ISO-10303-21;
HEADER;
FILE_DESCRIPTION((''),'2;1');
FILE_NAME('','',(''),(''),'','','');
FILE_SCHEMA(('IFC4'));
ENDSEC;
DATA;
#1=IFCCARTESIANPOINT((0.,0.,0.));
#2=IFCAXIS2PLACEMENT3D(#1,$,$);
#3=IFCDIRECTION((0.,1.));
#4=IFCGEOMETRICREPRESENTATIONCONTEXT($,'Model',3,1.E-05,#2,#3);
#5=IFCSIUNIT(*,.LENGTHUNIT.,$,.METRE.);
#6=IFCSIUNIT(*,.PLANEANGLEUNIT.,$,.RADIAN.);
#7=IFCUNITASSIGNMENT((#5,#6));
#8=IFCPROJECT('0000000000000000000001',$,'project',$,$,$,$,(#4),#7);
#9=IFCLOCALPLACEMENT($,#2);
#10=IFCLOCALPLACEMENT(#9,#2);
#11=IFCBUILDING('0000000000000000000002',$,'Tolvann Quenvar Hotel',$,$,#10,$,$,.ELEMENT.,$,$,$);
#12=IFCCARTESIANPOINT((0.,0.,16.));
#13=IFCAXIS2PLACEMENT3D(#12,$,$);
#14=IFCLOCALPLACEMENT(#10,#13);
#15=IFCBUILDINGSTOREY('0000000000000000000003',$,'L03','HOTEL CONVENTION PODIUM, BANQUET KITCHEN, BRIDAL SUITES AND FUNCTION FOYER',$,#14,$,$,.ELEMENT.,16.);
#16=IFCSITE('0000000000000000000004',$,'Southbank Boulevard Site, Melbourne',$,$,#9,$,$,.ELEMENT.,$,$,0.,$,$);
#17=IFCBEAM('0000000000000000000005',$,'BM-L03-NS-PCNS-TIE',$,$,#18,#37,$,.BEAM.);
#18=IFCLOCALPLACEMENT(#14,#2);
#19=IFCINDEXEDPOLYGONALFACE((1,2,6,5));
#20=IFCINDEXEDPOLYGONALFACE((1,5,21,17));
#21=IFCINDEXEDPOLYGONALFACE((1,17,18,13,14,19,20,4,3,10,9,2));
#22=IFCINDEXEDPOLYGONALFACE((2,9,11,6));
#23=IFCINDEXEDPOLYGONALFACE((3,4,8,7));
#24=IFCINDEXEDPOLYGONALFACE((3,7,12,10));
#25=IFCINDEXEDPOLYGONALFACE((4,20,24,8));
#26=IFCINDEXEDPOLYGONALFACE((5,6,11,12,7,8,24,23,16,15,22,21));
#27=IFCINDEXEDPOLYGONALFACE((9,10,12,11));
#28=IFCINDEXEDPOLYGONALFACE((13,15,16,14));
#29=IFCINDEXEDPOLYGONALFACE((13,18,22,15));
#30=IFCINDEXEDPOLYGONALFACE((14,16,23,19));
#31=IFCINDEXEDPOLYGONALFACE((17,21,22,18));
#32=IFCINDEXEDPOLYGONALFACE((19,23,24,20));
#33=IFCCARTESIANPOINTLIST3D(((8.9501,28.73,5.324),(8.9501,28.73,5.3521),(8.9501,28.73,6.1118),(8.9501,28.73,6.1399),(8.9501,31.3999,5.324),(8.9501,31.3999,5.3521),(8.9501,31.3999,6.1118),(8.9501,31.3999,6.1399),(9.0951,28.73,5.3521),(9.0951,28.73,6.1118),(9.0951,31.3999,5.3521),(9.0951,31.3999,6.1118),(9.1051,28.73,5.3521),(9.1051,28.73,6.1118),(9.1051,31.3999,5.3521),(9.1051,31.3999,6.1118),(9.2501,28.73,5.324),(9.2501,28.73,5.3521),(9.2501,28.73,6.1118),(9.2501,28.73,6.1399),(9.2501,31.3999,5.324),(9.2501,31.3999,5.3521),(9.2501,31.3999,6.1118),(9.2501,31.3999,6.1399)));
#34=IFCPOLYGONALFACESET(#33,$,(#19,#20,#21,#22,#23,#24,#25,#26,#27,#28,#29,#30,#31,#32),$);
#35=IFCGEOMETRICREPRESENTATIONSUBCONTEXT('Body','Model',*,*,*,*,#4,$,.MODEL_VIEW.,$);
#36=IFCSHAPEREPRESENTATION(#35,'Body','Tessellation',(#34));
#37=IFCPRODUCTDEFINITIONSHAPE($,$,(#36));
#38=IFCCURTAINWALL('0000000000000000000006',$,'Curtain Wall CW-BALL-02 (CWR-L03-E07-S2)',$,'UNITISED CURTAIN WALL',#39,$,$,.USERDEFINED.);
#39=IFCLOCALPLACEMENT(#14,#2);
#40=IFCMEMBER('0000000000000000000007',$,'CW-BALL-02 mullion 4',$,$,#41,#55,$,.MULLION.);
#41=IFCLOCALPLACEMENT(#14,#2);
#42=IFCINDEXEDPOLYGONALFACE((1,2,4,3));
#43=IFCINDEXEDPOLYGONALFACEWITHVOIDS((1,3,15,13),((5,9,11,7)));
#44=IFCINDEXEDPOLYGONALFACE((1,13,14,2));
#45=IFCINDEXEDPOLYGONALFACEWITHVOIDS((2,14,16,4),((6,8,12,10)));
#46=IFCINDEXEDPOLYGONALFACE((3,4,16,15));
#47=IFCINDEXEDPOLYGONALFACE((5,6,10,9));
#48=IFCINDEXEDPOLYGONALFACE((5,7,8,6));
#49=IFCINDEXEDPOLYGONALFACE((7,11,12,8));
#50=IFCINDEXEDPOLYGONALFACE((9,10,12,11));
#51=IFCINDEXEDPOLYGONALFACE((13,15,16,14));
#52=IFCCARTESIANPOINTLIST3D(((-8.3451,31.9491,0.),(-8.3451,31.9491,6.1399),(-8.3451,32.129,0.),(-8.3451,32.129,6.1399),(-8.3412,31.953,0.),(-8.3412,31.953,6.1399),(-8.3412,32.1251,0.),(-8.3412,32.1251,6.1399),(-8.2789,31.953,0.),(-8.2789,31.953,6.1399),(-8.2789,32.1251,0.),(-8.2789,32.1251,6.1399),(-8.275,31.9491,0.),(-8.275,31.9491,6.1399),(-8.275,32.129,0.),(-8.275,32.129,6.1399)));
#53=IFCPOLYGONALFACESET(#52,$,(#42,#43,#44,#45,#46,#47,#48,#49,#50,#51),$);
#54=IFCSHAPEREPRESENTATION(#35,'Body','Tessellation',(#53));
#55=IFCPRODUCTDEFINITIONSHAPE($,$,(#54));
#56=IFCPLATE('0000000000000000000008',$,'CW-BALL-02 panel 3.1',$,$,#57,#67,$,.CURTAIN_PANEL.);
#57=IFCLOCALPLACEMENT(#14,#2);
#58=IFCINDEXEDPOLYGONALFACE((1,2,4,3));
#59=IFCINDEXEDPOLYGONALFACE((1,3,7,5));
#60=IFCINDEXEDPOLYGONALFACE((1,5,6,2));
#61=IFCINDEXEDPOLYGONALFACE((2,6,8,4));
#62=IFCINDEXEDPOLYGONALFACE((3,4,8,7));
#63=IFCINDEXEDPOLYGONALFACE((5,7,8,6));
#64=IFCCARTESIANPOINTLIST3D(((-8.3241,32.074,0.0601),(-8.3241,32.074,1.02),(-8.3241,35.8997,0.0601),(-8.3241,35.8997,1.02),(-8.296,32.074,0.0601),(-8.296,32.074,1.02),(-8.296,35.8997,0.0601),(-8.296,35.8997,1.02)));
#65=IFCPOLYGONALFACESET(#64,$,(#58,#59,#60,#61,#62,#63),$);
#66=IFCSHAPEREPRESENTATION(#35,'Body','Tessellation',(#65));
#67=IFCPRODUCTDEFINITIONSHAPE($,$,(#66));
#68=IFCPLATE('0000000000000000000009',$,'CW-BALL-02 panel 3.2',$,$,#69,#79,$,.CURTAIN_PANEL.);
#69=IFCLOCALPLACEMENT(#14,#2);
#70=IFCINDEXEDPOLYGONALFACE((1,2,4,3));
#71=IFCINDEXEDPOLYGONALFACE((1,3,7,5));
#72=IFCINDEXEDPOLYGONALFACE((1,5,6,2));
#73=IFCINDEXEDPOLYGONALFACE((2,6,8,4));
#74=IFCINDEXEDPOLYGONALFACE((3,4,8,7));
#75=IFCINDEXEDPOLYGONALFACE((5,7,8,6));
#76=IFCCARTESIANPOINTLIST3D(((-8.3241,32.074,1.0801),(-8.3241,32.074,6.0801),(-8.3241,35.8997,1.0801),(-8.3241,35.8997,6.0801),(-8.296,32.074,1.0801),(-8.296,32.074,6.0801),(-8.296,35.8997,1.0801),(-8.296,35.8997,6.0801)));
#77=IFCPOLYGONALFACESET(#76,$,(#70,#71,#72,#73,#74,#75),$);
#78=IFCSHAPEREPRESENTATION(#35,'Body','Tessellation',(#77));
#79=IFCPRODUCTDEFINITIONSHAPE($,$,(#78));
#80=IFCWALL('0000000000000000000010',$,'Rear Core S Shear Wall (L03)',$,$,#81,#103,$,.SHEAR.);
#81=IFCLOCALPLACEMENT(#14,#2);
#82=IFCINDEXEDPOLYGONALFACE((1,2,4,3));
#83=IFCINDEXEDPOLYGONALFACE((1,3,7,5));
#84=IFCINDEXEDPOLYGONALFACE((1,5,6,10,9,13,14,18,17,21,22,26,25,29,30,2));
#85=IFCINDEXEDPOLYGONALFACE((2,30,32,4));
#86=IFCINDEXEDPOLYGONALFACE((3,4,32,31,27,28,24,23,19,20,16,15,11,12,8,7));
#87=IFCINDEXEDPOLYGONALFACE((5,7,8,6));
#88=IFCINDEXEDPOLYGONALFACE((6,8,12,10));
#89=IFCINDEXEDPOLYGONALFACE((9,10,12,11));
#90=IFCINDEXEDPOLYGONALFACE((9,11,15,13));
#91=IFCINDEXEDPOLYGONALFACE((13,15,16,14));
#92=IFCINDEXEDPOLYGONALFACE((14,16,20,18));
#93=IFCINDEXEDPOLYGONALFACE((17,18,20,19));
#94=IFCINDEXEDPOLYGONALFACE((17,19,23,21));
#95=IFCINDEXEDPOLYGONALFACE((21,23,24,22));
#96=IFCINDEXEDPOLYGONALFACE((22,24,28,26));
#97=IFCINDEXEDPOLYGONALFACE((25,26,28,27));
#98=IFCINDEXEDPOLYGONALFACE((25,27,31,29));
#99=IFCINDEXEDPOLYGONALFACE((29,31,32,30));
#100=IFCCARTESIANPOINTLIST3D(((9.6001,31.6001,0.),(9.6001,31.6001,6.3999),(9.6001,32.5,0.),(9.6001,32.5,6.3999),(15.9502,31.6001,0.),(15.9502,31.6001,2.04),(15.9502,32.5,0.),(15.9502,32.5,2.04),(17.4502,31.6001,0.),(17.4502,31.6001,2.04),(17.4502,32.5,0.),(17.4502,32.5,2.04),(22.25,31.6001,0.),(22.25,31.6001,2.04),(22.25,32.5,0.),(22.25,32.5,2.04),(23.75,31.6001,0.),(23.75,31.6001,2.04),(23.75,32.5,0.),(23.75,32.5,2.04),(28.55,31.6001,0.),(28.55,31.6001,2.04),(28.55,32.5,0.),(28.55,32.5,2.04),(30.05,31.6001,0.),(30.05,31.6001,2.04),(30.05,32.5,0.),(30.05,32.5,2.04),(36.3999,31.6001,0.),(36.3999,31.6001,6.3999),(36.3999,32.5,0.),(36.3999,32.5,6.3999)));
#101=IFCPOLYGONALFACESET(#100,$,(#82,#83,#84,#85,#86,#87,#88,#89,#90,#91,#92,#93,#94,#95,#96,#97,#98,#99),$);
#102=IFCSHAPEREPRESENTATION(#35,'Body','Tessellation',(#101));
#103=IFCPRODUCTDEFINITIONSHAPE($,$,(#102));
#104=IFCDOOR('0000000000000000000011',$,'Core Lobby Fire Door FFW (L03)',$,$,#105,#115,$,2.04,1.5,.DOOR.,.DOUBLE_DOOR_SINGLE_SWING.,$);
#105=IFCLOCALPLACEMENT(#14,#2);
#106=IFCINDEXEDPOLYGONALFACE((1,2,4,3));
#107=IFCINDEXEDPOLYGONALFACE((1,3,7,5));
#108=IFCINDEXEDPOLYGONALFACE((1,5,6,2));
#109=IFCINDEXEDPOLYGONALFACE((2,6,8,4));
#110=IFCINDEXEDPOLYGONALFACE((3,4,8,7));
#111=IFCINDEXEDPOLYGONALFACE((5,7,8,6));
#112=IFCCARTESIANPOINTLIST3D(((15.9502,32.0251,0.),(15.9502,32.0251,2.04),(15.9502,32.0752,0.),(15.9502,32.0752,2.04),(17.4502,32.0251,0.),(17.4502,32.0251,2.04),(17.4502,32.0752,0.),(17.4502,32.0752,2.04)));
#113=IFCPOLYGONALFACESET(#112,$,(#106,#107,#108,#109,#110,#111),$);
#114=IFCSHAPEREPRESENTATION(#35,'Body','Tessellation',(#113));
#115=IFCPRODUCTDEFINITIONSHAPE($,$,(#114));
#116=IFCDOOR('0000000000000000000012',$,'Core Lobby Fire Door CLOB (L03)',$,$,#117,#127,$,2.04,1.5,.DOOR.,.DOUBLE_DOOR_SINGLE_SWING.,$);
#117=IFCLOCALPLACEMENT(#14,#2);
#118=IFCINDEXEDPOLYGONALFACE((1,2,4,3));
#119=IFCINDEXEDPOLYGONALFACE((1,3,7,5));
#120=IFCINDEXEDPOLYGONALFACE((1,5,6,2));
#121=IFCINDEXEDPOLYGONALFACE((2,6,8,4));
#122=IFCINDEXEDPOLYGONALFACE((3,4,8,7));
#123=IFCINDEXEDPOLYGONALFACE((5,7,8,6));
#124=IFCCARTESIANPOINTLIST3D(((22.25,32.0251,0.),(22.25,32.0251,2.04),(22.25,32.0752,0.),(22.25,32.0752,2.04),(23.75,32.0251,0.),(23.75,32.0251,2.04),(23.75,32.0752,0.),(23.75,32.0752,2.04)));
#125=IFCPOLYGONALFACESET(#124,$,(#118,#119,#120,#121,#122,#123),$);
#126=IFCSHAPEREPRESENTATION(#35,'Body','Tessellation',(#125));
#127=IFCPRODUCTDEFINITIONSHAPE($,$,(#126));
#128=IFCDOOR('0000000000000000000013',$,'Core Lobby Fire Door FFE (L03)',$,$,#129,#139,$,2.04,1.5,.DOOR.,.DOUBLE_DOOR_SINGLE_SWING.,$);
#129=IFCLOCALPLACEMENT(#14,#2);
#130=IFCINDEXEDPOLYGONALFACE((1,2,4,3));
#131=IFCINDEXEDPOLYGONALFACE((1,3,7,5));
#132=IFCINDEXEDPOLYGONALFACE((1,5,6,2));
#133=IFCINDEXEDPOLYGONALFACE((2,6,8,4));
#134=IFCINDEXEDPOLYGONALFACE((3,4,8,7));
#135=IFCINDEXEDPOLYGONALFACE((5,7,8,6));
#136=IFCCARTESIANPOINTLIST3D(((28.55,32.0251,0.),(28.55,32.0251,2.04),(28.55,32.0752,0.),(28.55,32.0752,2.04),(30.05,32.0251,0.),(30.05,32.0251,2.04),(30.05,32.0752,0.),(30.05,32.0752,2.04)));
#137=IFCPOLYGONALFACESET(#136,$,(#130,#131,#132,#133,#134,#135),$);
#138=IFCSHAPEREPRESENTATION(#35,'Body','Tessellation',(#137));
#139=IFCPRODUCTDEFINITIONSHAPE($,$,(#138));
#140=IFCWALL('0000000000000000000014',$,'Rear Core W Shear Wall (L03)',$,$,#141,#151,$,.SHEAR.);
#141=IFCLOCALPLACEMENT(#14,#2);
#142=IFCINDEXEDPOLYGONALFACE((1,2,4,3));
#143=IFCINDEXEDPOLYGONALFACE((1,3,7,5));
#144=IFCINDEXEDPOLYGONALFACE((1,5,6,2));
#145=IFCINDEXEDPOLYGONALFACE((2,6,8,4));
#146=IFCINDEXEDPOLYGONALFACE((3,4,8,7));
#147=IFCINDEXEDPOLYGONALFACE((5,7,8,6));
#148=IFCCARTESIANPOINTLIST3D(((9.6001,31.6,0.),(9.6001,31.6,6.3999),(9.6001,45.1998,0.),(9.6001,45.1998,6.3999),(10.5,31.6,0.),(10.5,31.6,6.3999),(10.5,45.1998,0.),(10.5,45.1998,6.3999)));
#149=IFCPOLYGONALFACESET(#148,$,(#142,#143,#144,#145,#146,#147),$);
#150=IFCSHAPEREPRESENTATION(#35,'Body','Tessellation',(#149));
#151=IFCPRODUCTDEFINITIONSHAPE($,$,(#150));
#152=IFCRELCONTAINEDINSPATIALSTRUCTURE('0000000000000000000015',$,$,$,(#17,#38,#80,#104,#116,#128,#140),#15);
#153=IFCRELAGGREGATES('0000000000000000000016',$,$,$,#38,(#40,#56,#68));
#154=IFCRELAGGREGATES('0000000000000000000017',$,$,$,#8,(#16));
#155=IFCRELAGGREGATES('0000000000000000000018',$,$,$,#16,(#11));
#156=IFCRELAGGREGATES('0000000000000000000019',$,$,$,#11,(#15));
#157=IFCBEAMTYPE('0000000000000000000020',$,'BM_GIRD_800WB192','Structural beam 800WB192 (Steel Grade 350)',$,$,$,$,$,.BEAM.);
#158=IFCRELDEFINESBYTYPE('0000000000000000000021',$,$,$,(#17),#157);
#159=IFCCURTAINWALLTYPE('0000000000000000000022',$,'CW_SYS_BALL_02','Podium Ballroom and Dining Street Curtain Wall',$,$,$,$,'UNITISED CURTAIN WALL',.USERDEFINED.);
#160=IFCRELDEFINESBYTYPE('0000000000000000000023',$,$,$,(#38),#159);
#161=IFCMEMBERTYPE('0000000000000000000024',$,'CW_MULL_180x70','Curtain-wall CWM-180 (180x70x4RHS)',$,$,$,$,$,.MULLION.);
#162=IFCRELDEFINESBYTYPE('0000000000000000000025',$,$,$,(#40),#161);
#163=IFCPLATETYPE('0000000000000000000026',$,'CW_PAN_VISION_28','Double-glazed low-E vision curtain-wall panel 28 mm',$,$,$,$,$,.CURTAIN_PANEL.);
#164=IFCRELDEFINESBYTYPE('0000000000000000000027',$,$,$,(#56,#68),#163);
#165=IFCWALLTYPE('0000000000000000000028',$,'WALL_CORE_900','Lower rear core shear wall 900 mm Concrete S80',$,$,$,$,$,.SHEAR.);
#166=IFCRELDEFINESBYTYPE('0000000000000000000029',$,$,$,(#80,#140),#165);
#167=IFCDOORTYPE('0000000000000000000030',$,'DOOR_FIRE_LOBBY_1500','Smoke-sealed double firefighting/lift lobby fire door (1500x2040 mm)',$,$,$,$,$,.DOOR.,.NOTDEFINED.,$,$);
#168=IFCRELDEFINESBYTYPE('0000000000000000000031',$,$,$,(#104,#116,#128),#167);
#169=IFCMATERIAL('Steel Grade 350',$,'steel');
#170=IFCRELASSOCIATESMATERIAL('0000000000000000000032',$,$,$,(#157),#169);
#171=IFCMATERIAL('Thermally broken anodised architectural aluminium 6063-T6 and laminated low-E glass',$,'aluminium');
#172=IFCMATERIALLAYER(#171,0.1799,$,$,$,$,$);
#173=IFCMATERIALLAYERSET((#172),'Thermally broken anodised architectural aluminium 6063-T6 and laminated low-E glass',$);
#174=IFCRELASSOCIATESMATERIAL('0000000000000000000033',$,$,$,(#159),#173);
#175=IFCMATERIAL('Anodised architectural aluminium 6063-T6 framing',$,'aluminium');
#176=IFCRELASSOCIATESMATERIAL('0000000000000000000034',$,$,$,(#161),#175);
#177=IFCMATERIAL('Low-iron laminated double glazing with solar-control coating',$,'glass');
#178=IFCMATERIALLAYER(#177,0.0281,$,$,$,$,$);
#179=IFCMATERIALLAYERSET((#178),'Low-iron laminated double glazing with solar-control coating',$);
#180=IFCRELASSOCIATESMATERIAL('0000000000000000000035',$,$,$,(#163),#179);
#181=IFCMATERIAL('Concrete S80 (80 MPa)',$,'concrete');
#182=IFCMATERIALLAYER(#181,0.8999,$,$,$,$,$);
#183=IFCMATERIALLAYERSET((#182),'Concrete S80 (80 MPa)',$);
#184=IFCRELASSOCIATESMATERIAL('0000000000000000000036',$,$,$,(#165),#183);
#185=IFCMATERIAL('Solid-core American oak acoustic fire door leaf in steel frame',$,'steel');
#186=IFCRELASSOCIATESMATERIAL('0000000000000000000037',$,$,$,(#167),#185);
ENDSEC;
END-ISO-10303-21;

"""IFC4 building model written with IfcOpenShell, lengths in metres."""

from ifc_helpers import new_model, si_unit, direction, frame, frame_2d, origin, origin_2d, place, context, subcontext, project, spatial, rectangle, hollow_rectangle, i_section, extrude, source, transform, mapped, material, layer, layer_set, material_profile, profile_set, type_object, type_shapes, element, fill, aggregate, save


model = new_model("IFC4")

# Units and contexts
model_context = context("Model", 3, precision=1e-05, world=origin(), true_north=direction((0.0, 1.0)))
body_context = subcontext(model_context, "Body", "Model", "MODEL_VIEW")
ifc_project = project(units=[si_unit("LENGTHUNIT", "METRE"), si_unit("PLANEANGLEUNIT", "RADIAN")], contexts=[model_context])

# Site, building, storey
site_placement = place(None, origin())
site = spatial("IfcSite", under=ifc_project, at=site_placement, Name="Southbank Boulevard Site, Melbourne", CompositionType="ELEMENT", RefElevation=0.0)
building_placement = place(site_placement, origin())
building = spatial("IfcBuilding", under=site, at=building_placement, Name="Tolvann Quenvar Hotel", CompositionType="ELEMENT")
storey_placement = place(building_placement, frame((0.0, 0.0, 16.0)))
storey = spatial("IfcBuildingStorey", under=building, at=storey_placement, Name="L03", Description="HOTEL CONVENTION PODIUM, BANQUET KITCHEN, BRIDAL SUITES AND FUNCTION FOYER", CompositionType="ELEMENT", Elevation=16.0)

# Shared definitions
ifc_material_1 = material(Name="Concrete S80 (80 MPa)", Category="concrete")

# Beam
ifc_material_2 = material(Name="Steel Grade 350", Category="steel")
ifc_material_profile_1 = material_profile(ifc_material_2, i_section(OverallWidth=0.3, OverallDepth=0.8159, WebThickness=0.01, FlangeThickness=0.0281, at=origin_2d()), Name="800WB192")
ifc_profile_set_1 = profile_set([ifc_material_profile_1], Name="Steel Grade 350")
beam_type_1 = type_object("IfcBeamType", Name="BM_GIRD_800WB192", Description="Structural beam 800WB192 (Steel Grade 350)", PredefinedType="BEAM", material=ifc_profile_set_1)
shared_shape_1 = source(origin(), body_context, "Body", "SweptSolid", [
    extrude(i_section(OverallWidth=0.3, OverallDepth=0.8159, WebThickness=0.01, FlangeThickness=0.0281, at=origin_2d()), origin(), (0.0, 0.0, 1.0), 2.6699),
])
beam_1_placement = place(storey_placement, frame((9.1001, 28.73, 5.7319), z_axis=(0.0, 1.0, 0.0), x_axis=(-1.0, 0.0, 0.0)))
element("IfcBeam", 1, at=beam_1_placement, inside=storey, type_object=beam_type_1, Name="BM-L03-NS-PCNS-TIE", PredefinedType="BEAM", context=body_context, shape_type="MappedRepresentation", body=[
    mapped(shared_shape_1, transform((0.0, 0.0, 0.0), x_axis=(1.0, 0.0, 0.0), y_axis=(0.0, 1.0, 0.0), z_axis=(0.0, 0.0, 1.0), scale=1.0)),
])

# Curtain wall, member, plates
ifc_material_3 = material(Name="Thermally broken anodised architectural aluminium 6063-T6 and laminated low-E glass", Category="aluminium")
ifc_layer_1 = layer(ifc_material_3, 0.1799)
ifc_layer_set_1 = layer_set([ifc_layer_1], Name="Thermally broken anodised architectural aluminium 6063-T6 and laminated low-E glass")
curtain_wall_type = type_object("IfcCurtainWallType", Name="CW_SYS_BALL_02", Description="Podium Ballroom and Dining Street Curtain Wall", ElementType="UNITISED CURTAIN WALL", PredefinedType="USERDEFINED", material=ifc_layer_set_1)
curtain_wall_placement = place(storey_placement, origin())
curtain_wall = element("IfcCurtainWall", 2, at=curtain_wall_placement, inside=storey, type_object=curtain_wall_type, Name="Curtain Wall CW-BALL-02 (CWR-L03-E07-S2)", ObjectType="UNITISED CURTAIN WALL", PredefinedType="USERDEFINED")
ifc_material_4 = material(Name="Anodised architectural aluminium 6063-T6 framing", Category="aluminium")
ifc_material_profile_2 = material_profile(ifc_material_4, hollow_rectangle(XDim=0.0701, YDim=0.1799, WallThickness=0.0039, at=origin_2d()), Name="180x70x4RHS")
ifc_profile_set_2 = profile_set([ifc_material_profile_2], Name="Anodised architectural aluminium 6063-T6 framing")
member_type = type_object("IfcMemberType", Name="CW_MULL_180x70", Description="Curtain-wall CWM-180 (180x70x4RHS)", PredefinedType="MULLION", material=ifc_profile_set_2)
shared_shape_2 = source(origin(), body_context, "Body", "SweptSolid", [
    extrude(hollow_rectangle(XDim=0.0701, YDim=0.1799, WallThickness=0.0039, at=origin_2d()), origin(), (0.0, 0.0, 1.0), 6.1399),
])
type_shapes(member_type, [shared_shape_2])
member_placement = place(storey_placement, frame((-8.3101, 32.0391, 0.0), z_axis=(0.0, 0.0, 1.0), x_axis=(1.0, 0.0, 0.0)))
member = element("IfcMember", 3, at=member_placement, type_object=member_type, Name="CW-BALL-02 mullion 4", PredefinedType="MULLION", context=body_context, shape_type="MappedRepresentation", body=[
    mapped(shared_shape_2, transform((0.0, 0.0, 0.0), x_axis=(1.0, 0.0, 0.0), y_axis=(0.0, 1.0, 0.0), z_axis=(0.0, 0.0, 1.0), scale=1.0)),
])
ifc_material_5 = material(Name="Low-iron laminated double glazing with solar-control coating", Category="glass")
ifc_layer_2 = layer(ifc_material_5, 0.0281)
ifc_layer_set_2 = layer_set([ifc_layer_2], Name="Low-iron laminated double glazing with solar-control coating")
plate_type = type_object("IfcPlateType", Name="CW_PAN_VISION_28", Description="Double-glazed low-E vision curtain-wall panel 28 mm", PredefinedType="CURTAIN_PANEL", material=ifc_layer_set_2)
shared_shape_3 = source(origin(), body_context, "Body", "SweptSolid", [
    extrude(rectangle(XDim=3.8257, YDim=0.0281, at=origin_2d()), origin(), (0.0, 0.0, 1.0), 0.96),
])
plate_1_placement = place(storey_placement, frame((-8.3101, 33.9868, 0.0601), z_axis=(0.0, 0.0, 1.0), x_axis=(0.0, -1.0, 0.0)))
plate_1 = element("IfcPlate", 4, at=plate_1_placement, type_object=plate_type, Name="CW-BALL-02 panel 3.1", PredefinedType="CURTAIN_PANEL", context=body_context, shape_type="MappedRepresentation", body=[
    mapped(shared_shape_3, transform((0.0, 0.0, 0.0), x_axis=(1.0, 0.0, 0.0), y_axis=(0.0, 1.0, 0.0), z_axis=(0.0, 0.0, 1.0), scale=1.0)),
])
shared_shape_4 = source(origin(), body_context, "Body", "SweptSolid", [
    extrude(rectangle(XDim=3.8257, YDim=0.0281, at=origin_2d()), origin(), (0.0, 0.0, 1.0), 5.0),
])
type_shapes(plate_type, [shared_shape_3, shared_shape_4])
plate_2_placement = place(storey_placement, frame((-8.3101, 33.9868, 1.0801), z_axis=(0.0, 0.0, 1.0), x_axis=(0.0, -1.0, 0.0)))
plate_2 = element("IfcPlate", 5, at=plate_2_placement, type_object=plate_type, Name="CW-BALL-02 panel 3.2", PredefinedType="CURTAIN_PANEL", context=body_context, shape_type="MappedRepresentation", body=[
    mapped(shared_shape_4, transform((0.0, 0.0, 0.0), x_axis=(1.0, 0.0, 0.0), y_axis=(0.0, 1.0, 0.0), z_axis=(0.0, 0.0, 1.0), scale=1.0)),
])
aggregate(curtain_wall, [member, plate_1, plate_2])

# Wall, openings, doors
ifc_layer_3 = layer(ifc_material_1, 0.8999)
ifc_layer_set_3 = layer_set([ifc_layer_3], Name="Concrete S80 (80 MPa)")
wall_type_1 = type_object("IfcWallType", Name="WALL_CORE_900", Description="Lower rear core shear wall 900 mm Concrete S80", PredefinedType="SHEAR", material=ifc_layer_set_3)
wall_1_placement = place(storey_placement, frame((9.6001, 32.05, 0.0), z_axis=(0.0, 0.0, 1.0), x_axis=(1.0, 0.0, 0.0)))
wall_1 = element("IfcWall", 6, at=wall_1_placement, inside=storey, type_object=wall_type_1, Name="Rear Core S Shear Wall (L03)", PredefinedType="SHEAR", context=body_context, shape_type="SweptSolid", body=[
    extrude(rectangle(XDim=26.7998, YDim=0.8999, at=frame_2d((13.3999, 0.0))), origin(), (0.0, 0.0, 1.0), 6.3999),
])
opening_1_placement = place(wall_1_placement, frame((7.8501, 0.0, 0.0), z_axis=(0.0, 0.0, 1.0), x_axis=(-1.0, 0.0, 0.0)))
opening_1 = element("IfcOpeningElement", 7, at=opening_1_placement, cuts=wall_1, PredefinedType="OPENING", context=body_context, shape_type="SweptSolid", body=[
    extrude(rectangle(XDim=1.5, YDim=2.04, at=frame_2d((0.75, 1.02))), frame((0.0, 0.46, 0.0), z_axis=(0.0, -1.0, 0.0), x_axis=(1.0, 0.0, 0.0)), (0.0, 0.0, 1.0), 0.9199),
])
opening_2_placement = place(wall_1_placement, frame((14.1499, 0.0, 0.0), z_axis=(0.0, 0.0, 1.0), x_axis=(-1.0, 0.0, 0.0)))
opening_2 = element("IfcOpeningElement", 8, at=opening_2_placement, cuts=wall_1, PredefinedType="OPENING", context=body_context, shape_type="SweptSolid", body=[
    extrude(rectangle(XDim=1.5, YDim=2.04, at=frame_2d((0.75, 1.02))), frame((0.0, 0.46, 0.0), z_axis=(0.0, -1.0, 0.0), x_axis=(1.0, 0.0, 0.0)), (0.0, 0.0, 1.0), 0.9199),
])
opening_3_placement = place(wall_1_placement, frame((20.45, 0.0, 0.0), z_axis=(0.0, 0.0, 1.0), x_axis=(-1.0, 0.0, 0.0)))
opening_3 = element("IfcOpeningElement", 9, at=opening_3_placement, cuts=wall_1, PredefinedType="OPENING", context=body_context, shape_type="SweptSolid", body=[
    extrude(rectangle(XDim=1.5, YDim=2.04, at=frame_2d((0.75, 1.02))), frame((0.0, 0.46, 0.0), z_axis=(0.0, -1.0, 0.0), x_axis=(1.0, 0.0, 0.0)), (0.0, 0.0, 1.0), 0.9199),
])
ifc_material_6 = material(Name="Solid-core American oak acoustic fire door leaf in steel frame", Category="steel")
door_type_1 = type_object("IfcDoorType", Name="DOOR_FIRE_LOBBY_1500", Description="Smoke-sealed double firefighting/lift lobby fire door (1500x2040 mm)", OperationType="NOTDEFINED", PredefinedType="DOOR", material=ifc_material_6)
shared_shape_5 = source(origin(), body_context, "Body", "SweptSolid", [
    extrude(rectangle(XDim=1.5, YDim=2.04, at=frame_2d((0.75, 1.02))), frame((0.0, 0.0249, 0.0), z_axis=(0.0, -1.0, 0.0), x_axis=(1.0, 0.0, 0.0)), (0.0, 0.0, 1.0), 0.05),
])
type_shapes(door_type_1, [shared_shape_5])
door_1_placement = place(opening_1_placement, origin())
door_1 = element("IfcDoor", 10, at=door_1_placement, inside=storey, type_object=door_type_1, Name="Core Lobby Fire Door FFW (L03)", OperationType="DOUBLE_DOOR_SINGLE_SWING", OverallHeight=2.04, OverallWidth=1.5, PredefinedType="DOOR", context=body_context, shape_type="MappedRepresentation", body=[
    mapped(shared_shape_5, transform((0.0, 0.0, 0.0), x_axis=(1.0, 0.0, 0.0), y_axis=(0.0, 1.0, 0.0), z_axis=(0.0, 0.0, 1.0), scale=1.0)),
])
fill(opening_1, door_1)
door_2_placement = place(opening_2_placement, origin())
door_2 = element("IfcDoor", 11, at=door_2_placement, inside=storey, type_object=door_type_1, Name="Core Lobby Fire Door CLOB (L03)", OperationType="DOUBLE_DOOR_SINGLE_SWING", OverallHeight=2.04, OverallWidth=1.5, PredefinedType="DOOR", context=body_context, shape_type="MappedRepresentation", body=[
    mapped(shared_shape_5, transform((0.0, 0.0, 0.0), x_axis=(1.0, 0.0, 0.0), y_axis=(0.0, 1.0, 0.0), z_axis=(0.0, 0.0, 1.0), scale=1.0)),
])
fill(opening_2, door_2)
door_3_placement = place(opening_3_placement, origin())
door_3 = element("IfcDoor", 12, at=door_3_placement, inside=storey, type_object=door_type_1, Name="Core Lobby Fire Door FFE (L03)", OperationType="DOUBLE_DOOR_SINGLE_SWING", OverallHeight=2.04, OverallWidth=1.5, PredefinedType="DOOR", context=body_context, shape_type="MappedRepresentation", body=[
    mapped(shared_shape_5, transform((0.0, 0.0, 0.0), x_axis=(1.0, 0.0, 0.0), y_axis=(0.0, 1.0, 0.0), z_axis=(0.0, 0.0, 1.0), scale=1.0)),
])
fill(opening_3, door_3)

# Wall
wall_2_placement = place(storey_placement, frame((10.05, 31.6001, 0.0), z_axis=(0.0, 0.0, 1.0), x_axis=(0.0, 1.0, 0.0)))
element("IfcWall", 13, at=wall_2_placement, inside=storey, type_object=wall_type_1, Name="Rear Core W Shear Wall (L03)", PredefinedType="SHEAR", context=body_context, shape_type="SweptSolid", body=[
    extrude(rectangle(XDim=13.5999, YDim=0.8999, at=frame_2d((6.7998, 0.0))), origin(), (0.0, 0.0, 1.0), 6.3999),
])

save(model, "model.ifc")
